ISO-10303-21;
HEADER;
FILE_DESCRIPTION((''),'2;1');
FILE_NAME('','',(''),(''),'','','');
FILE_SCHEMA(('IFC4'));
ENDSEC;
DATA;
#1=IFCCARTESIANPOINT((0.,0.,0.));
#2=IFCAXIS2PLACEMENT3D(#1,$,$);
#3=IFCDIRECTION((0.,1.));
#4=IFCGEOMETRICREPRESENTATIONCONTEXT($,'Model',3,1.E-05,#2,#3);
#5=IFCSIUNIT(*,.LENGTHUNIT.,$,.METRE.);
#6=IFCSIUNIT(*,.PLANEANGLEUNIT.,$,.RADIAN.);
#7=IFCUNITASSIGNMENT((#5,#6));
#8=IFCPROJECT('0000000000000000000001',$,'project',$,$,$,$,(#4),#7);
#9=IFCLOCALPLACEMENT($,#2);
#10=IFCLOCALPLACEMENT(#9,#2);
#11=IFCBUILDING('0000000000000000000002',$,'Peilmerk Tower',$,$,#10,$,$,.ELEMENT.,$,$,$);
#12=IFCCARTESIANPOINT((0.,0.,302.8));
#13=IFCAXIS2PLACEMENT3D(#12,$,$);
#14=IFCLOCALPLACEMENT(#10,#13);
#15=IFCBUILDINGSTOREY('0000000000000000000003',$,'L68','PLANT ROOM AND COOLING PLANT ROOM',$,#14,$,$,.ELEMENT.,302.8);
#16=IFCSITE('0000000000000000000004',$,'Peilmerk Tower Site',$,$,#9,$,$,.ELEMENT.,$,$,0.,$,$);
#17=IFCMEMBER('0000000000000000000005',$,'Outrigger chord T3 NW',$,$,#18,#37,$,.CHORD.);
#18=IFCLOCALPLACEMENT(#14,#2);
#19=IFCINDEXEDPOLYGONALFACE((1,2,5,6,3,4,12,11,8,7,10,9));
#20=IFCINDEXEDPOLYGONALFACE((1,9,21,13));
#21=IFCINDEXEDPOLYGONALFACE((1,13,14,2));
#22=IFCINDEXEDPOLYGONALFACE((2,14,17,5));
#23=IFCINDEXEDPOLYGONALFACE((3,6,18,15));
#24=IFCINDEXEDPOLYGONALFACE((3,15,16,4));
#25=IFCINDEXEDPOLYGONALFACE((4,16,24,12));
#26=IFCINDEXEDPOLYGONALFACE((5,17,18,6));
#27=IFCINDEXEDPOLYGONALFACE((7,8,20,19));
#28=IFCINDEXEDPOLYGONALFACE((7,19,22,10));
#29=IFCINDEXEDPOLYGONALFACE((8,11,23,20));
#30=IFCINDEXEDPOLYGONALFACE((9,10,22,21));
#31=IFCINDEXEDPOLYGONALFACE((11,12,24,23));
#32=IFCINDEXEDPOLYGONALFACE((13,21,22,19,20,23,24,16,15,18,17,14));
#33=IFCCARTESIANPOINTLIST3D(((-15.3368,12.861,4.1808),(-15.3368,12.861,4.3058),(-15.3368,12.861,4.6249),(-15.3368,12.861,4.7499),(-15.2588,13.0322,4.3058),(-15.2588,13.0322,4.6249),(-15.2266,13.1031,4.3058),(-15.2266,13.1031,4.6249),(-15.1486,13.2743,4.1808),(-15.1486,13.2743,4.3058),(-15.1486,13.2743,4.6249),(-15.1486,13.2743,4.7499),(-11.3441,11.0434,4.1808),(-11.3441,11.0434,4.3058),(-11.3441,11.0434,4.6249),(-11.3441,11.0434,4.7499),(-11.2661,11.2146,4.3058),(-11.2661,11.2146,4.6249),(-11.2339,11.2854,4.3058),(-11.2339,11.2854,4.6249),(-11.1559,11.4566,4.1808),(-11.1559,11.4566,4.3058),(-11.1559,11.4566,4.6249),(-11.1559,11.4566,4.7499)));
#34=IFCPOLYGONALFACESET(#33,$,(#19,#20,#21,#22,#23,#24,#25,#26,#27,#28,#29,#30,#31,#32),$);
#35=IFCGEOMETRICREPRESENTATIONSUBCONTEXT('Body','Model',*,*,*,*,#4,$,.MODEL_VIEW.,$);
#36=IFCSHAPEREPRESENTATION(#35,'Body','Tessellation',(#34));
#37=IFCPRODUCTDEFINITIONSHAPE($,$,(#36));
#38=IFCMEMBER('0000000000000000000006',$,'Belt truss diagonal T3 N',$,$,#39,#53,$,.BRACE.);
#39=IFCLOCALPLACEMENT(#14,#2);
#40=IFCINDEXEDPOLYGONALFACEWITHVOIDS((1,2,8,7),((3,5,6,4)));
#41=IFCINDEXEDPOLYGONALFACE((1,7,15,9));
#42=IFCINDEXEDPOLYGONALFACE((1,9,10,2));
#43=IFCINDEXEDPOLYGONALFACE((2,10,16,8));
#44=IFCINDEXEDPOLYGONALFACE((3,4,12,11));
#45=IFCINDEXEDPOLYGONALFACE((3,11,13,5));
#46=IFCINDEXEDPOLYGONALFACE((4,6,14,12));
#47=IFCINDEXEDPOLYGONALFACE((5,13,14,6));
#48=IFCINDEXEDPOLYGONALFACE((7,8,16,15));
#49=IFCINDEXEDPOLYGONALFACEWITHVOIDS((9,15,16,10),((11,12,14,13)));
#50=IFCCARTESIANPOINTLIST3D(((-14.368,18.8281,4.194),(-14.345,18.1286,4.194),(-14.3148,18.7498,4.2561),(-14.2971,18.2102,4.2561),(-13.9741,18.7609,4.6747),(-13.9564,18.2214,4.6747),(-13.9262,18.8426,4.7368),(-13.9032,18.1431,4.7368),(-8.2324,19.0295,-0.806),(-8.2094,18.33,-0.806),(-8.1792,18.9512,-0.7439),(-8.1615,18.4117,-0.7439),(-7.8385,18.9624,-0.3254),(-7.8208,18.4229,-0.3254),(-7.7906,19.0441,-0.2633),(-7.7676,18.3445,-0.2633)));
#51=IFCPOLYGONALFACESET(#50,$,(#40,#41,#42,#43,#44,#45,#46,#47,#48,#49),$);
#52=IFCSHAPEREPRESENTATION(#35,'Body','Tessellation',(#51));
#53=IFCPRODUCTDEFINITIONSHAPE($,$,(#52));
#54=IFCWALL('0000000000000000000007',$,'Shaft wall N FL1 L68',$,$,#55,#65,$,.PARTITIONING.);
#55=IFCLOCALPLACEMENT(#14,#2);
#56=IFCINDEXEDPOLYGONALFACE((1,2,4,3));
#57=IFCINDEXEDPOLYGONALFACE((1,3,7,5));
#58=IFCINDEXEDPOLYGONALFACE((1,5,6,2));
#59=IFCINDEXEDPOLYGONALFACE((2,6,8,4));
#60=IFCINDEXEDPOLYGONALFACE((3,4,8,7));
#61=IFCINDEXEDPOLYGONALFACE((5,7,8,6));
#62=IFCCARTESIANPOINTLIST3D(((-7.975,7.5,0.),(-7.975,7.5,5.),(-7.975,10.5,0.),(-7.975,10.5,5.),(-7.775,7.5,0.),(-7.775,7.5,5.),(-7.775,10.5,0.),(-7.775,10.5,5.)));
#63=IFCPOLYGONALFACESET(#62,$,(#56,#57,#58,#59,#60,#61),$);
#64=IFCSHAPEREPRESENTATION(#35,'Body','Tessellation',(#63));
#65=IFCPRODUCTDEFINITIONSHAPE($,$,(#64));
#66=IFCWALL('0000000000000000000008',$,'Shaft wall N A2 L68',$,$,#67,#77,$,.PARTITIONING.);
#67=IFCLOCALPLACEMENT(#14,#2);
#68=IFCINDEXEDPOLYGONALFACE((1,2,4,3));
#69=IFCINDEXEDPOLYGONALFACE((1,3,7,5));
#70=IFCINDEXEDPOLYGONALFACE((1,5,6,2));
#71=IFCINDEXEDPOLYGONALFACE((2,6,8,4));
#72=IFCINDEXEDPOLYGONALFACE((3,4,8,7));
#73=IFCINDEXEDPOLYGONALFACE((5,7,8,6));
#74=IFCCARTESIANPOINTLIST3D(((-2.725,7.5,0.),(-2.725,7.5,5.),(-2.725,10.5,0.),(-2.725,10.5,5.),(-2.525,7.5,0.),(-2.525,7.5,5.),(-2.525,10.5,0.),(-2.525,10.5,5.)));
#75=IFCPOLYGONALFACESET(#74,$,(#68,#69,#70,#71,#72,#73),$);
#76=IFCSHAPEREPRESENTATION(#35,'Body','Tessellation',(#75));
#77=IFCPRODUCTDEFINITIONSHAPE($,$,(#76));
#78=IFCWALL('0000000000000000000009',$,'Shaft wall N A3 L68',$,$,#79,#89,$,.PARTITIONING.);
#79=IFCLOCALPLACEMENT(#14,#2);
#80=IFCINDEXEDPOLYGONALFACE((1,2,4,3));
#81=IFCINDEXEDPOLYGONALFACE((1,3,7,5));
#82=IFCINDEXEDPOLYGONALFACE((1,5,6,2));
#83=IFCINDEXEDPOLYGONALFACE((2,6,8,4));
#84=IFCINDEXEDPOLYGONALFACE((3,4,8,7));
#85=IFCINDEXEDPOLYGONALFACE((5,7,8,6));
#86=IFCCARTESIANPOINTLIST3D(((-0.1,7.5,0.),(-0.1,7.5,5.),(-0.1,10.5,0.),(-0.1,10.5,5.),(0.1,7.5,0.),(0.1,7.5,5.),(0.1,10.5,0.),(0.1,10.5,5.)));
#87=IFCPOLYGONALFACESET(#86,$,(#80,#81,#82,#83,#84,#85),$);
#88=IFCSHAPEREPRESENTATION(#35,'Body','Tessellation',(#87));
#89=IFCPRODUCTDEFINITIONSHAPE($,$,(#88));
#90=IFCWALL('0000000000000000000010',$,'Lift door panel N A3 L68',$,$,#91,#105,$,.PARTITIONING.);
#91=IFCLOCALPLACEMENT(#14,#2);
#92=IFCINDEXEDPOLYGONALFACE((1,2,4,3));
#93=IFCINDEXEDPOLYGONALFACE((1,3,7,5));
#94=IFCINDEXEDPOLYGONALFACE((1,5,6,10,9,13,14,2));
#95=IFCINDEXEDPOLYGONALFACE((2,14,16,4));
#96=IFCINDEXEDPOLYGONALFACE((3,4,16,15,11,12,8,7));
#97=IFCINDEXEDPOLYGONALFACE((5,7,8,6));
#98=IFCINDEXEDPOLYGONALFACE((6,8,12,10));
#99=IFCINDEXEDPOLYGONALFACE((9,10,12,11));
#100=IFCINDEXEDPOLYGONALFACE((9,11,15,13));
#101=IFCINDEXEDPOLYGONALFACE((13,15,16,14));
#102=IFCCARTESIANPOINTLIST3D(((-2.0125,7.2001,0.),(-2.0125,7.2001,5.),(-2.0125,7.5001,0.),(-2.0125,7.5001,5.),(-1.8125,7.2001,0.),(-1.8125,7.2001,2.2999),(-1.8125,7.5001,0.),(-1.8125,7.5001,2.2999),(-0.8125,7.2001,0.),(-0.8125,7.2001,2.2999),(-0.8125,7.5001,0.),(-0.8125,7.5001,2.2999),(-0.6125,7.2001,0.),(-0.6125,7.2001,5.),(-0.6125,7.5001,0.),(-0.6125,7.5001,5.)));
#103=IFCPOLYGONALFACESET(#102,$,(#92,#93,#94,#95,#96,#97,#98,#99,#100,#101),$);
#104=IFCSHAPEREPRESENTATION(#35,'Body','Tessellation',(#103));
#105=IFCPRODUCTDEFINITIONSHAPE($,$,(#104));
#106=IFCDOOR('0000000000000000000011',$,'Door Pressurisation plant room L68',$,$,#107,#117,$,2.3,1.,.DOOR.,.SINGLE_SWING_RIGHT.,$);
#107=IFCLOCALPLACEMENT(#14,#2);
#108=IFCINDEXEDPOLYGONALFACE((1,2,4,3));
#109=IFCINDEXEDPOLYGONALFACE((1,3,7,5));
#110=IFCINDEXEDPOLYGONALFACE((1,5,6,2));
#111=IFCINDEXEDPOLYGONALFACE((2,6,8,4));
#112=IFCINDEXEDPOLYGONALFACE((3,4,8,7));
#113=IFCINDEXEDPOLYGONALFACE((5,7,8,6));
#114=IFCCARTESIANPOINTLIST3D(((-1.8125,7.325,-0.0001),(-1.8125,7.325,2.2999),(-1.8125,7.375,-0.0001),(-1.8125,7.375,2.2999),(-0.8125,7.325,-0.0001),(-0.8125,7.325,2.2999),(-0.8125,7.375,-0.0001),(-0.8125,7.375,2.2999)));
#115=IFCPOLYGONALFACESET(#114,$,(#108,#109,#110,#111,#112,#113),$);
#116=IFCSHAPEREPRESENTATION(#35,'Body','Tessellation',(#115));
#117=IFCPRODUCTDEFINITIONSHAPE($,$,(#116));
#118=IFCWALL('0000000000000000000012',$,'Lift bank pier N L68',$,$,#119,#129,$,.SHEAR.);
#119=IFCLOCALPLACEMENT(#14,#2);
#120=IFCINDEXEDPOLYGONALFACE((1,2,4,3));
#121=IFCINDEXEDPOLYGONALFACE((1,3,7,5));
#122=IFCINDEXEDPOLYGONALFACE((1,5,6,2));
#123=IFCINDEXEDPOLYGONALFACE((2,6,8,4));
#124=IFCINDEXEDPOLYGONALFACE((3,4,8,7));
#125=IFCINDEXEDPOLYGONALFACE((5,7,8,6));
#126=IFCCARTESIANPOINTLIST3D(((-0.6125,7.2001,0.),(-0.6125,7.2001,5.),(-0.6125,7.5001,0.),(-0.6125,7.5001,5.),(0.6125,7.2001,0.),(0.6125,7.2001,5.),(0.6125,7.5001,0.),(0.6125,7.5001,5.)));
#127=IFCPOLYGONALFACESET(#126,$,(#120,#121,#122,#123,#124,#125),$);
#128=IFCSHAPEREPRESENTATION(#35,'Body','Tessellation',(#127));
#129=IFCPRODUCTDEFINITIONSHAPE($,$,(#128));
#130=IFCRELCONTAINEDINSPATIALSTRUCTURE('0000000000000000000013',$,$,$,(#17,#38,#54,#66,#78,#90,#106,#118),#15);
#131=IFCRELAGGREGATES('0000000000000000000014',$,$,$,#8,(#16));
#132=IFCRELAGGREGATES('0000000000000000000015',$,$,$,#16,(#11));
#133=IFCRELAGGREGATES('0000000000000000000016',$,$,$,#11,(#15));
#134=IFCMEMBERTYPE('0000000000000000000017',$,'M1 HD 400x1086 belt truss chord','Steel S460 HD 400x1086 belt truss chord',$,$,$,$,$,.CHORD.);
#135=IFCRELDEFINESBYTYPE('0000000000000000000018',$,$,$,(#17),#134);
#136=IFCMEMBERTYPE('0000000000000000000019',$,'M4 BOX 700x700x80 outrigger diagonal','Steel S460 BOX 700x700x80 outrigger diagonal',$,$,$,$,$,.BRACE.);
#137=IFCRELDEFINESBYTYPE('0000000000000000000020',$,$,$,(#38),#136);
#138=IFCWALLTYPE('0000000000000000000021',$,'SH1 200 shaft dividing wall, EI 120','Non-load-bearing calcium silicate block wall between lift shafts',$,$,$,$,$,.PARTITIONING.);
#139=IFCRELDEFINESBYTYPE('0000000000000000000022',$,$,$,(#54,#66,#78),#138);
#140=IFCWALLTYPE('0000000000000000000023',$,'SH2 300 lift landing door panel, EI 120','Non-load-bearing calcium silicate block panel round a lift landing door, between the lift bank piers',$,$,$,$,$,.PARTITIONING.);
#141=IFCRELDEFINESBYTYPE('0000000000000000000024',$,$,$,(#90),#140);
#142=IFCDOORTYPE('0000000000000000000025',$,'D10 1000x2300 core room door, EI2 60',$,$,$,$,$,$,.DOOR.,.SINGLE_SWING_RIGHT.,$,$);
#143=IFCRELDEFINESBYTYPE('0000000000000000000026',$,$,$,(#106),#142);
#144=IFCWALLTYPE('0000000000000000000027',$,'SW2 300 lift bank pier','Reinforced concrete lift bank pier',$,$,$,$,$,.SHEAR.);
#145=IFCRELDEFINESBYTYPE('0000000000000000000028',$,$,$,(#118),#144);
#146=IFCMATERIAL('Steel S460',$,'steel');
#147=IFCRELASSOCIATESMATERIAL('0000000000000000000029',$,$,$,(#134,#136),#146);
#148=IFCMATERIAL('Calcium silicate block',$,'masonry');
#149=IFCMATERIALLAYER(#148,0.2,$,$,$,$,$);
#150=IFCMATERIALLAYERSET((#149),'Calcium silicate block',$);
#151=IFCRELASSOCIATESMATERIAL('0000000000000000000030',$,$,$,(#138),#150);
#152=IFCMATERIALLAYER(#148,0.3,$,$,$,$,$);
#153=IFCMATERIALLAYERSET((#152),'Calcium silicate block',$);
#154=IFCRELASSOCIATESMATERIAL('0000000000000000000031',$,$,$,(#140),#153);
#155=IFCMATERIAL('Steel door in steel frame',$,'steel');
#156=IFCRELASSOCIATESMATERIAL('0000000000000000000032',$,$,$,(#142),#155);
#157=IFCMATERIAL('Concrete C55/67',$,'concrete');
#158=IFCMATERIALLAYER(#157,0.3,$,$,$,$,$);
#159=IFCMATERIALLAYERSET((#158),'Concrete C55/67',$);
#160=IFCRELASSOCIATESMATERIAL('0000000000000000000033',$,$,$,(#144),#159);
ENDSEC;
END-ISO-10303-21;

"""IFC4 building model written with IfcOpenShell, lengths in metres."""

from ifc_helpers import new_model, si_unit, direction, frame, frame_2d, origin, origin_2d, place, context, subcontext, project, spatial, rectangle, hollow_rectangle, i_section, extrude, material, layer, layer_set, material_profile, profile_set, type_object, element, fill, save


model = new_model("IFC4")

# Units and contexts
model_context = context("Model", 3, precision=1e-05, world=origin(), true_north=direction((0.0, 1.0)))
body_context = subcontext(model_context, "Body", "Model", "MODEL_VIEW")
ifc_project = project(units=[si_unit("LENGTHUNIT", "METRE"), si_unit("PLANEANGLEUNIT", "RADIAN")], contexts=[model_context])

# Site, building, storey
site_placement = place(None, origin())
site = spatial("IfcSite", under=ifc_project, at=site_placement, Name="Peilmerk Tower Site", CompositionType="ELEMENT", RefElevation=0.0)
building_placement = place(site_placement, origin())
building = spatial("IfcBuilding", under=site, at=building_placement, Name="Peilmerk Tower", CompositionType="ELEMENT")
storey_placement = place(building_placement, frame((0.0, 0.0, 302.8)))
storey = spatial("IfcBuildingStorey", under=building, at=storey_placement, Name="L68", Description="PLANT ROOM AND COOLING PLANT ROOM", CompositionType="ELEMENT", Elevation=302.8)

# Shared definitions
ifc_material_1 = material(Name="Steel S460", Category="steel")

# Members
ifc_material_profile_1 = material_profile(ifc_material_1, i_section(OverallWidth=0.4541, OverallDepth=0.5691, WebThickness=0.0779, FlangeThickness=0.125, at=origin_2d()), Name="HD 400x1086")
ifc_profile_set_1 = profile_set([ifc_material_profile_1], Name="Steel S460")
member_type_1 = type_object("IfcMemberType", Name="M1 HD 400x1086 belt truss chord", Description="Steel S460 HD 400x1086 belt truss chord", PredefinedType="CHORD", material=ifc_profile_set_1)
member_1_placement = place(storey_placement, frame((-11.25, 11.25, 4.4653), z_axis=(-0.910128, 0.414327, 0.0), x_axis=(-0.414327, -0.910128, 0.0)))
element("IfcMember", 1, at=member_1_placement, inside=storey, type_object=member_type_1, Name="Outrigger chord T3 NW", PredefinedType="CHORD", context=body_context, shape_type="SweptSolid", body=[
    extrude(i_section(OverallWidth=0.4541, OverallDepth=0.5691, WebThickness=0.0779, FlangeThickness=0.125, at=origin_2d()), origin(), (0.0, 0.0, 1.0), 4.387),
])
ifc_material_profile_2 = material_profile(ifc_material_1, hollow_rectangle(XDim=0.7, YDim=0.7, WallThickness=0.0801, at=origin_2d()), Name="BOX 700x700x80")
ifc_profile_set_2 = profile_set([ifc_material_profile_2], Name="Steel S460")
member_type_2 = type_object("IfcMemberType", Name="M4 BOX 700x700x80 outrigger diagonal", Description="Steel S460 BOX 700x700x80 outrigger diagonal", PredefinedType="BRACE", material=ifc_profile_set_2)
member_2_placement = place(storey_placement, frame((-8.0, 18.687, -0.5347), z_axis=(-0.77494, -0.02544, 0.631522), x_axis=(0.03281, -0.999462, 0.0)))
element("IfcMember", 2, at=member_2_placement, inside=storey, type_object=member_type_2, Name="Belt truss diagonal T3 N", PredefinedType="BRACE", context=body_context, shape_type="SweptSolid", body=[
    extrude(hollow_rectangle(XDim=0.7, YDim=0.7, WallThickness=0.0801, at=origin_2d()), origin(), (0.0, 0.0, 1.0), 7.9175),
])

# Walls
ifc_material_2 = material(Name="Calcium silicate block", Category="masonry")
ifc_layer_1 = layer(ifc_material_2, 0.2)
ifc_layer_set_1 = layer_set([ifc_layer_1], Name="Calcium silicate block")
wall_type_1 = type_object("IfcWallType", Name="SH1 200 shaft dividing wall, EI 120", Description="Non-load-bearing calcium silicate block wall between lift shafts", PredefinedType="PARTITIONING", material=ifc_layer_set_1)
for number, where, z_axis, x_axis, name in (
    (3, (-7.875, 7.5, 0.0), (0.0, 0.0, 1.0), (0.0, 1.0, 0.0), "Shaft wall N FL1 L68"),
    (4, (-2.625, 7.5, 0.0), (0.0, 0.0, 1.0), (0.0, 1.0, 0.0), "Shaft wall N A2 L68"),
    (5, (0.0, 7.5, 0.0), (0.0, 0.0, 1.0), (0.0, 1.0, 0.0), "Shaft wall N A3 L68"),
):
    element("IfcWall", number, at=place(storey_placement, frame(where, z_axis=z_axis, x_axis=x_axis)), inside=storey, type_object=wall_type_1, Name=name, PredefinedType="PARTITIONING", context=body_context, shape_type="SweptSolid", body=[
        extrude(rectangle(XDim=3.0, YDim=0.2, at=frame_2d((1.5, 0.0))), origin(), (0.0, 0.0, 1.0), 5.0),
    ])

# Wall, opening, door
ifc_layer_2 = layer(ifc_material_2, 0.3)
ifc_layer_set_2 = layer_set([ifc_layer_2], Name="Calcium silicate block")
wall_type_2 = type_object("IfcWallType", Name="SH2 300 lift landing door panel, EI 120", Description="Non-load-bearing calcium silicate block panel round a lift landing door, between the lift bank piers", PredefinedType="PARTITIONING", material=ifc_layer_set_2)
wall_1_placement = place(storey_placement, frame((-2.0125, 7.3501, 0.0), z_axis=(0.0, 0.0, 1.0), x_axis=(1.0, 0.0, 0.0)))
wall_1 = element("IfcWall", 6, at=wall_1_placement, inside=storey, type_object=wall_type_2, Name="Lift door panel N A3 L68", PredefinedType="PARTITIONING", context=body_context, shape_type="SweptSolid", body=[
    extrude(rectangle(XDim=1.3999, YDim=0.3, at=frame_2d((0.7, 0.0))), origin(), (0.0, 0.0, 1.0), 5.0),
])
opening_placement = place(wall_1_placement, frame((0.2, 0.0, 0.0)))
opening = element("IfcOpeningElement", 7, at=opening_placement, cuts=wall_1, PredefinedType="OPENING", context=body_context, shape_type="SweptSolid", body=[
    extrude(rectangle(XDim=1.0, YDim=2.3, at=frame_2d((0.5, 1.1499))), frame((0.0, 0.1599, 0.0), z_axis=(0.0, -1.0, 0.0), x_axis=(1.0, 0.0, 0.0)), (0.0, 0.0, 1.0), 0.3201),
])
ifc_material_3 = material(Name="Steel door in steel frame", Category="steel")
door_type = type_object("IfcDoorType", Name="D10 1000x2300 core room door, EI2 60", OperationType="SINGLE_SWING_RIGHT", PredefinedType="DOOR", material=ifc_material_3)
door_placement = place(opening_placement, origin())
door = element("IfcDoor", 8, at=door_placement, inside=storey, type_object=door_type, Name="Door Pressurisation plant room L68", OperationType="SINGLE_SWING_RIGHT", OverallHeight=2.3, OverallWidth=1.0, PredefinedType="DOOR", context=body_context, shape_type="SweptSolid", body=[
    extrude(rectangle(XDim=1.0, YDim=2.3, at=frame_2d((0.5, 1.1499))), frame((0.0, 0.0249, 0.0), z_axis=(0.0, -1.0, 0.0), x_axis=(1.0, 0.0, 0.0)), (0.0, 0.0, 1.0), 0.05),
])
fill(opening, door)

# Wall
ifc_material_4 = material(Name="Concrete C55/67", Category="concrete")
ifc_layer_3 = layer(ifc_material_4, 0.3)
ifc_layer_set_3 = layer_set([ifc_layer_3], Name="Concrete C55/67")
wall_type_3 = type_object("IfcWallType", Name="SW2 300 lift bank pier", Description="Reinforced concrete lift bank pier", PredefinedType="SHEAR", material=ifc_layer_set_3)
wall_2_placement = place(storey_placement, frame((-0.6125, 7.3501, 0.0), z_axis=(0.0, 0.0, 1.0), x_axis=(1.0, 0.0, 0.0)))
element("IfcWall", 9, at=wall_2_placement, inside=storey, type_object=wall_type_3, Name="Lift bank pier N L68", PredefinedType="SHEAR", context=body_context, shape_type="SweptSolid", body=[
    extrude(rectangle(XDim=1.2251, YDim=0.3, at=frame_2d((0.6125, 0.0))), origin(), (0.0, 0.0, 1.0), 5.0),
])

save(model, "model.ifc")
